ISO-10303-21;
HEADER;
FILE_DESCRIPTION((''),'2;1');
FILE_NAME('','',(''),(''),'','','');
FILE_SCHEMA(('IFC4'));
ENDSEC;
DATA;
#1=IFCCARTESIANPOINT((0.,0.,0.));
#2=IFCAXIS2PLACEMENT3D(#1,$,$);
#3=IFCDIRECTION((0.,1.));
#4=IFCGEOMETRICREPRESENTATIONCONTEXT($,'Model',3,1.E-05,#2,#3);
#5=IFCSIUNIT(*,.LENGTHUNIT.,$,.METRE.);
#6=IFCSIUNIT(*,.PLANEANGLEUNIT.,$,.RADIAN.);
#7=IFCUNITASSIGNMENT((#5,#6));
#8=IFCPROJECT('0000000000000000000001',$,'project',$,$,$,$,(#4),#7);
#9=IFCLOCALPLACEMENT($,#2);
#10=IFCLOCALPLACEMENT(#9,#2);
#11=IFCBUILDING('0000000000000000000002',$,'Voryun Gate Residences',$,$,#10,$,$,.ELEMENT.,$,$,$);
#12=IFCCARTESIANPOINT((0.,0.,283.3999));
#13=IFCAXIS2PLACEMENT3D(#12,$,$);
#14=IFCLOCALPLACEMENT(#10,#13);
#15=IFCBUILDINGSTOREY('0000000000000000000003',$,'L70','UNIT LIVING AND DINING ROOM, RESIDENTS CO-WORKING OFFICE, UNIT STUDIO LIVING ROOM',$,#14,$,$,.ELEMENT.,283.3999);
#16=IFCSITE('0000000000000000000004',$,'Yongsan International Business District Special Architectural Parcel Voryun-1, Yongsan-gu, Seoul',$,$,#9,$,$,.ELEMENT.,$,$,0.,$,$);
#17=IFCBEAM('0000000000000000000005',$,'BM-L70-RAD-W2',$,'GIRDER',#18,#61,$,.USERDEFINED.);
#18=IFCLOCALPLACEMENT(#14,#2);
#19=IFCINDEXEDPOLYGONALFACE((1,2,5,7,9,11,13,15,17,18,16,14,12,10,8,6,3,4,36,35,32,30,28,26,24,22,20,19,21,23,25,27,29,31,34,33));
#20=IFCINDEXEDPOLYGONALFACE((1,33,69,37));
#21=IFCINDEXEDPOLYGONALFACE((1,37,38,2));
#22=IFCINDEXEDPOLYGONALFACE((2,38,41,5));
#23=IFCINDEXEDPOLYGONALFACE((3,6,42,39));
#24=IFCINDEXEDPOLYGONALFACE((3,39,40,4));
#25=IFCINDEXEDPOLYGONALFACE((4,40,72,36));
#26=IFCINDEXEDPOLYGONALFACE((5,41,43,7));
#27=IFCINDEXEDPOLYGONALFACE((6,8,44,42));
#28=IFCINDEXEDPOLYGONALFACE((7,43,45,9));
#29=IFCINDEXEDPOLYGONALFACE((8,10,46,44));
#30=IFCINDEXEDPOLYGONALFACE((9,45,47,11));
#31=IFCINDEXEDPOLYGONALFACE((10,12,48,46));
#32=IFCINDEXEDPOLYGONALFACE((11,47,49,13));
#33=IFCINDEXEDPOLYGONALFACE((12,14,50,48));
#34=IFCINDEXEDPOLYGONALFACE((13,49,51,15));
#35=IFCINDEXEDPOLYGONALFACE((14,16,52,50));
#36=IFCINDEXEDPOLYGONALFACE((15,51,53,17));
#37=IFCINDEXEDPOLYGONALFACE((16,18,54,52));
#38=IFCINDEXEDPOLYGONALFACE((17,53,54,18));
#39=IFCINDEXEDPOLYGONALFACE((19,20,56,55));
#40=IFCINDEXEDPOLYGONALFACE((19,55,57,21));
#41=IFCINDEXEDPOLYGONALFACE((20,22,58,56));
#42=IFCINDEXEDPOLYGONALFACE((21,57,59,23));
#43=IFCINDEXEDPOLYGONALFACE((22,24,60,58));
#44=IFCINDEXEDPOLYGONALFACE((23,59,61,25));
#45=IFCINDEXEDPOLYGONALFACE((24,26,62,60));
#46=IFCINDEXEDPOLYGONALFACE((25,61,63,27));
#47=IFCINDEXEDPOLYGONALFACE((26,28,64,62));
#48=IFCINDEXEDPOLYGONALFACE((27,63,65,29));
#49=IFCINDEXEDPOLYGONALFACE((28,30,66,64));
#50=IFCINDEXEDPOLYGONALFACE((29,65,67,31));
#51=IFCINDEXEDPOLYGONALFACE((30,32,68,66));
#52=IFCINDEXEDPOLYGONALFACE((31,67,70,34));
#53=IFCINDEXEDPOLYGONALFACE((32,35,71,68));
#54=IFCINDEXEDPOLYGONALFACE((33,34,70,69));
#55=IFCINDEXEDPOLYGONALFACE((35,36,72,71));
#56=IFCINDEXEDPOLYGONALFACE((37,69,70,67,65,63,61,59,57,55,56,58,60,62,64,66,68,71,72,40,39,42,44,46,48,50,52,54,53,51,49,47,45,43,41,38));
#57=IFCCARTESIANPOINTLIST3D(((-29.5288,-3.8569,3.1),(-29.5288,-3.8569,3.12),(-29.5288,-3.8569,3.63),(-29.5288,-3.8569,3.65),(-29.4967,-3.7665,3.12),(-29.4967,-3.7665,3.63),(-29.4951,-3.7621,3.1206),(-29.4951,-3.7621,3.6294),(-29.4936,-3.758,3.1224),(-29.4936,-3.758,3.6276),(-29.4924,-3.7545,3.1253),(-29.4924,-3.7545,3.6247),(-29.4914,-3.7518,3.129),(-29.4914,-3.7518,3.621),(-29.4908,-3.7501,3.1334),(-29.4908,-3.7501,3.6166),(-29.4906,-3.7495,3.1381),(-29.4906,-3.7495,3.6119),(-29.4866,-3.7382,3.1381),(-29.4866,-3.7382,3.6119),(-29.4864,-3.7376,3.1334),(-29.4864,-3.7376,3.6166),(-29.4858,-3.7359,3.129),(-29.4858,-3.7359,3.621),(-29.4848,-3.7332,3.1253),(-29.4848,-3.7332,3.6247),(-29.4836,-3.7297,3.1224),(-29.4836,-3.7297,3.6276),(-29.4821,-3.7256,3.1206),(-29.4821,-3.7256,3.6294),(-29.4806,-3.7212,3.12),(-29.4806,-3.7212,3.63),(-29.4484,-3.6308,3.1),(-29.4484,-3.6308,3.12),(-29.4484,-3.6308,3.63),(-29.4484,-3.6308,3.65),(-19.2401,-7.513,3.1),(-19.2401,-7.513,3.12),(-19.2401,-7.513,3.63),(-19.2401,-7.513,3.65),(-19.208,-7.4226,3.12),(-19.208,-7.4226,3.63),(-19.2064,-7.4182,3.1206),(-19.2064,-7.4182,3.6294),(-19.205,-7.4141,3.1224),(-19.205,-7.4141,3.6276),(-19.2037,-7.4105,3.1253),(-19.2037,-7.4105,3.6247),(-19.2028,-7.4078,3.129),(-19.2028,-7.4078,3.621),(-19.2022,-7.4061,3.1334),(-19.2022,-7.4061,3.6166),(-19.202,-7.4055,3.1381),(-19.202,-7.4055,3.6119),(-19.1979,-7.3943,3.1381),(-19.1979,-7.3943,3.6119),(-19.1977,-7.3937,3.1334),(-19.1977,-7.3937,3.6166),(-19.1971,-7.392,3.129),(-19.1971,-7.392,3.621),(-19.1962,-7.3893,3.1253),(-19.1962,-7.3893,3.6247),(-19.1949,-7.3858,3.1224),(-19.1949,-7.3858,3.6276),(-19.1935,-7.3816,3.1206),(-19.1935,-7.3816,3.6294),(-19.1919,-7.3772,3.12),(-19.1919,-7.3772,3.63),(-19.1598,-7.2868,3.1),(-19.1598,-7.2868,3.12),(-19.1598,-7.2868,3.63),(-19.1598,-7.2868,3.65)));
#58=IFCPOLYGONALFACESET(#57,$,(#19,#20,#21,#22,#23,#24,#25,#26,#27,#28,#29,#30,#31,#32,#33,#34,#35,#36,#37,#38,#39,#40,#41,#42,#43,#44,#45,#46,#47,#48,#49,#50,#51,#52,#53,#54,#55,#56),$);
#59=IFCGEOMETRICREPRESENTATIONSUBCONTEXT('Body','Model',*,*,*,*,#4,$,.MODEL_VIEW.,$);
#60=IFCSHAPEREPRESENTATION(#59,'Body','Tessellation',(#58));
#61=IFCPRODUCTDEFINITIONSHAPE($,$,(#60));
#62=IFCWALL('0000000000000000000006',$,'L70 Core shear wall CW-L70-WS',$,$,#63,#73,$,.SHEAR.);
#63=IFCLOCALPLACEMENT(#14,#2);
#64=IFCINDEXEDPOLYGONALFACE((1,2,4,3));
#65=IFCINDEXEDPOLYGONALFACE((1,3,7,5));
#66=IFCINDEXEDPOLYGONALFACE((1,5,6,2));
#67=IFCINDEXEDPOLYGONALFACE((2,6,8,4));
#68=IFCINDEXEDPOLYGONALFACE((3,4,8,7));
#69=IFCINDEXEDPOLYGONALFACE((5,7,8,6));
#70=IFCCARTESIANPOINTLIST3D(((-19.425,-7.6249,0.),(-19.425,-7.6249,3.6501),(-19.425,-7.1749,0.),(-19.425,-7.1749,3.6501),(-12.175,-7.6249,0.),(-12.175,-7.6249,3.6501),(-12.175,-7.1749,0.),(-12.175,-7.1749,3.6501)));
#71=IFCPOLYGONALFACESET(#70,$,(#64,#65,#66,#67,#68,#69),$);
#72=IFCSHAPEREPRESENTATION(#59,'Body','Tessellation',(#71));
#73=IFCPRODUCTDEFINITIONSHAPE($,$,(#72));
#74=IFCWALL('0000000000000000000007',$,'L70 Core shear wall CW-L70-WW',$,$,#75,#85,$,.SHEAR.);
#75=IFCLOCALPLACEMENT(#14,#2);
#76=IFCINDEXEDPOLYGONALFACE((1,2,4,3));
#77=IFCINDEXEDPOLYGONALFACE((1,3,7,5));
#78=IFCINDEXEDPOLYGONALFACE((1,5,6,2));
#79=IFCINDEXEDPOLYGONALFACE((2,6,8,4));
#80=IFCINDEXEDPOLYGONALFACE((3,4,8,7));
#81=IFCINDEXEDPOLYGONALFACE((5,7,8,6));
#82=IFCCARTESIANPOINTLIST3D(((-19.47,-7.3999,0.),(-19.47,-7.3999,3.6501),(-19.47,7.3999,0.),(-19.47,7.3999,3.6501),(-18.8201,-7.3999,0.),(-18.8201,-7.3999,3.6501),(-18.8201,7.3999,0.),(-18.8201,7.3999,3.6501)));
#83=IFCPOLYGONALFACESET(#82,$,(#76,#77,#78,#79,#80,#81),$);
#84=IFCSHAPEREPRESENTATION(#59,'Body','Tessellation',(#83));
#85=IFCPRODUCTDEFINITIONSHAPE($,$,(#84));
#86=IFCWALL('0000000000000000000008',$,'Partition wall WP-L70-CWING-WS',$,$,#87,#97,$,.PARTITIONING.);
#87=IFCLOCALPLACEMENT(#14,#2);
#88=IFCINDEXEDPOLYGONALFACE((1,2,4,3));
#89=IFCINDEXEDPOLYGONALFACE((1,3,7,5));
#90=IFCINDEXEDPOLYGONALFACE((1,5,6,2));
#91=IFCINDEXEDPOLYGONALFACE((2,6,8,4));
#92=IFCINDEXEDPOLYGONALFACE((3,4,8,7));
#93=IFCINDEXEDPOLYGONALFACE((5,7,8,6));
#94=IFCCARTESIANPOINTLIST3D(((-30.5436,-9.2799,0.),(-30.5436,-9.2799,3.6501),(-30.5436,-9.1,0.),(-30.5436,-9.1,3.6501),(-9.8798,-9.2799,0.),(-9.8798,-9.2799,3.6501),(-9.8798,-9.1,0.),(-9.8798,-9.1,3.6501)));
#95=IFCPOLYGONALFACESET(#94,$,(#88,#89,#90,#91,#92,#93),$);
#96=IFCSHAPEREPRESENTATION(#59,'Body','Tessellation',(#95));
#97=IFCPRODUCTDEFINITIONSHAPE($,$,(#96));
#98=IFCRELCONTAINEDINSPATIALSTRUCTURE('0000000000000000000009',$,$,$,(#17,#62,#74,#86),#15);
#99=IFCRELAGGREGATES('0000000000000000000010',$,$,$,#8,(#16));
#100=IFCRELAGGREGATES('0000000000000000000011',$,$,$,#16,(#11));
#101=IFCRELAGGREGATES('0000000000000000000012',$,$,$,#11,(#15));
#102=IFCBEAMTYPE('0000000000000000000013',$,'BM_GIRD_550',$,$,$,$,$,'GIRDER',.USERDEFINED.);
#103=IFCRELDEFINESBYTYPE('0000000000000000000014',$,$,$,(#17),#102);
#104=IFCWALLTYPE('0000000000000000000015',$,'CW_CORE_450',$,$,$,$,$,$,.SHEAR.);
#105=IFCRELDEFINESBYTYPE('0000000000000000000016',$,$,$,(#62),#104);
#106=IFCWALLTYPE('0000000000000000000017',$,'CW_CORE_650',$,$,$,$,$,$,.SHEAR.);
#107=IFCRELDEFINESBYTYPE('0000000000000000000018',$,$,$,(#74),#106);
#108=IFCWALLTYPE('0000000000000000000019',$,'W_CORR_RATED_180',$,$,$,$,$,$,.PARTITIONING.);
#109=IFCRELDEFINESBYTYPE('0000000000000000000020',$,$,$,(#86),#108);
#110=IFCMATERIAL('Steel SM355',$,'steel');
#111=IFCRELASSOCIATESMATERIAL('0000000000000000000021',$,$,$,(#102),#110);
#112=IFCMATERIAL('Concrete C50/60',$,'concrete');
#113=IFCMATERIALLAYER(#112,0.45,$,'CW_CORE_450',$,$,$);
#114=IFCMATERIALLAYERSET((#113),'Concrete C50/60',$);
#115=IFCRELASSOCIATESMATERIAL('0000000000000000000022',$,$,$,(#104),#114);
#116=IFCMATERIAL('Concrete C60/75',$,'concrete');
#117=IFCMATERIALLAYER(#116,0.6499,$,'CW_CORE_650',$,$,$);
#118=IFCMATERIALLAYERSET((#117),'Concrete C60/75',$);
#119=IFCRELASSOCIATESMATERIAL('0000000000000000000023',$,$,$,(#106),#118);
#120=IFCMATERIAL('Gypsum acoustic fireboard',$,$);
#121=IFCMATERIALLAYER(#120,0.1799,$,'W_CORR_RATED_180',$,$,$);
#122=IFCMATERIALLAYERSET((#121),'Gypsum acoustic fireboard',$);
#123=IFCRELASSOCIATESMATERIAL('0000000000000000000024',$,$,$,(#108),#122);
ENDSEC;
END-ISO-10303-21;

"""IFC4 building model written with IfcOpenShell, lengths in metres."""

from ifc_helpers import new_model, si_unit, direction, frame, frame_2d, origin, origin_2d, place, context, subcontext, project, spatial, rectangle, i_section, extrude, material, layer, layer_set, material_profile, profile_set, type_object, element, save


model = new_model("IFC4")

# Units and contexts
model_context = context("Model", 3, precision=1e-05, world=origin(), true_north=direction((0.0, 1.0)))
body_context = subcontext(model_context, "Body", "Model", "MODEL_VIEW")
ifc_project = project(units=[si_unit("LENGTHUNIT", "METRE"), si_unit("PLANEANGLEUNIT", "RADIAN")], contexts=[model_context])

# Site, building, storey
site_placement = place(None, origin())
site = spatial("IfcSite", under=ifc_project, at=site_placement, Name="Yongsan International Business District Special Architectural Parcel Voryun-1, Yongsan-gu, Seoul", CompositionType="ELEMENT", RefElevation=0.0)
building_placement = place(site_placement, origin())
building = spatial("IfcBuilding", under=site, at=building_placement, Name="Voryun Gate Residences", CompositionType="ELEMENT")
storey_placement = place(building_placement, frame((0.0, 0.0, 283.3999)))
storey = spatial("IfcBuildingStorey", under=building, at=storey_placement, Name="L70", Description="UNIT LIVING AND DINING ROOM, RESIDENTS CO-WORKING OFFICE, UNIT STUDIO LIVING ROOM", CompositionType="ELEMENT", Elevation=283.3999)

# Beam
ifc_material_1 = material(Name="Steel SM355", Category="steel")
ifc_material_profile_1 = material_profile(ifc_material_1, i_section(OverallWidth=0.24, OverallDepth=0.55, WebThickness=0.012, FlangeThickness=0.02, FilletRadius=0.0181, at=origin_2d()), Name="H-550x240x12x20")
ifc_profile_set_1 = profile_set([ifc_material_profile_1], Name="Steel SM355")
beam_type_1 = type_object("IfcBeamType", Name="BM_GIRD_550", ElementType="GIRDER", PredefinedType="USERDEFINED", material=ifc_profile_set_1)
beam_1_placement = place(storey_placement, frame((-19.2, -7.3999, 3.375), z_axis=(-0.942277, 0.334835, 0.0), x_axis=(-0.334835, -0.942277, 0.0)))
element("IfcBeam", 1, at=beam_1_placement, inside=storey, type_object=beam_type_1, Name="BM-L70-RAD-W2", ObjectType="GIRDER", PredefinedType="USERDEFINED", context=body_context, shape_type="SweptSolid", body=[
    extrude(i_section(OverallWidth=0.24, OverallDepth=0.55, WebThickness=0.012, FlangeThickness=0.02, FilletRadius=0.0181, at=origin_2d()), origin(), (0.0, 0.0, 1.0), 10.9189),
])

# Walls
ifc_material_2 = material(Name="Concrete C50/60", Category="concrete")
ifc_layer_1 = layer(ifc_material_2, 0.45, Name="CW_CORE_450")
ifc_layer_set_1 = layer_set([ifc_layer_1], Name="Concrete C50/60")
wall_type_1 = type_object("IfcWallType", Name="CW_CORE_450", PredefinedType="SHEAR", material=ifc_layer_set_1)
wall_1_placement = place(storey_placement, frame((-19.425, -7.3999, 0.0), z_axis=(0.0, 0.0, 1.0), x_axis=(1.0, 0.0, 0.0)))
element("IfcWall", 2, at=wall_1_placement, inside=storey, type_object=wall_type_1, Name="L70 Core shear wall CW-L70-WS", PredefinedType="SHEAR", context=body_context, shape_type="SweptSolid", body=[
    extrude(rectangle(XDim=7.25, YDim=0.45, at=frame_2d((3.625, 0.0))), origin(), (0.0, 0.0, 1.0), 3.6501),
])
ifc_material_3 = material(Name="Concrete C60/75", Category="concrete")
ifc_layer_2 = layer(ifc_material_3, 0.6499, Name="CW_CORE_650")
ifc_layer_set_2 = layer_set([ifc_layer_2], Name="Concrete C60/75")
wall_type_2 = type_object("IfcWallType", Name="CW_CORE_650", PredefinedType="SHEAR", material=ifc_layer_set_2)
wall_2_placement = place(storey_placement, frame((-19.145, -7.3999, 0.0), z_axis=(0.0, 0.0, 1.0), x_axis=(0.0, 1.0, 0.0)))
element("IfcWall", 3, at=wall_2_placement, inside=storey, type_object=wall_type_2, Name="L70 Core shear wall CW-L70-WW", PredefinedType="SHEAR", context=body_context, shape_type="SweptSolid", body=[
    extrude(rectangle(XDim=14.7998, YDim=0.6499, at=frame_2d((7.3999, 0.0))), origin(), (0.0, 0.0, 1.0), 3.6501),
])
ifc_material_4 = material(Name="Gypsum acoustic fireboard")
ifc_layer_3 = layer(ifc_material_4, 0.1799, Name="W_CORR_RATED_180")
ifc_layer_set_3 = layer_set([ifc_layer_3], Name="Gypsum acoustic fireboard")
wall_type_3 = type_object("IfcWallType", Name="W_CORR_RATED_180", PredefinedType="PARTITIONING", material=ifc_layer_set_3)
wall_3_placement = place(storey_placement, frame((-30.5437, -9.1899, 0.0), z_axis=(0.0, 0.0, 1.0), x_axis=(1.0, 0.0, 0.0)))
element("IfcWall", 4, at=wall_3_placement, inside=storey, type_object=wall_type_3, Name="Partition wall WP-L70-CWING-WS", PredefinedType="PARTITIONING", context=body_context, shape_type="SweptSolid", body=[
    extrude(rectangle(XDim=20.6638, YDim=0.1799, at=frame_2d((10.332, 0.0))), origin(), (0.0, 0.0, 1.0), 3.6501),
])

save(model, "model.ifc")
